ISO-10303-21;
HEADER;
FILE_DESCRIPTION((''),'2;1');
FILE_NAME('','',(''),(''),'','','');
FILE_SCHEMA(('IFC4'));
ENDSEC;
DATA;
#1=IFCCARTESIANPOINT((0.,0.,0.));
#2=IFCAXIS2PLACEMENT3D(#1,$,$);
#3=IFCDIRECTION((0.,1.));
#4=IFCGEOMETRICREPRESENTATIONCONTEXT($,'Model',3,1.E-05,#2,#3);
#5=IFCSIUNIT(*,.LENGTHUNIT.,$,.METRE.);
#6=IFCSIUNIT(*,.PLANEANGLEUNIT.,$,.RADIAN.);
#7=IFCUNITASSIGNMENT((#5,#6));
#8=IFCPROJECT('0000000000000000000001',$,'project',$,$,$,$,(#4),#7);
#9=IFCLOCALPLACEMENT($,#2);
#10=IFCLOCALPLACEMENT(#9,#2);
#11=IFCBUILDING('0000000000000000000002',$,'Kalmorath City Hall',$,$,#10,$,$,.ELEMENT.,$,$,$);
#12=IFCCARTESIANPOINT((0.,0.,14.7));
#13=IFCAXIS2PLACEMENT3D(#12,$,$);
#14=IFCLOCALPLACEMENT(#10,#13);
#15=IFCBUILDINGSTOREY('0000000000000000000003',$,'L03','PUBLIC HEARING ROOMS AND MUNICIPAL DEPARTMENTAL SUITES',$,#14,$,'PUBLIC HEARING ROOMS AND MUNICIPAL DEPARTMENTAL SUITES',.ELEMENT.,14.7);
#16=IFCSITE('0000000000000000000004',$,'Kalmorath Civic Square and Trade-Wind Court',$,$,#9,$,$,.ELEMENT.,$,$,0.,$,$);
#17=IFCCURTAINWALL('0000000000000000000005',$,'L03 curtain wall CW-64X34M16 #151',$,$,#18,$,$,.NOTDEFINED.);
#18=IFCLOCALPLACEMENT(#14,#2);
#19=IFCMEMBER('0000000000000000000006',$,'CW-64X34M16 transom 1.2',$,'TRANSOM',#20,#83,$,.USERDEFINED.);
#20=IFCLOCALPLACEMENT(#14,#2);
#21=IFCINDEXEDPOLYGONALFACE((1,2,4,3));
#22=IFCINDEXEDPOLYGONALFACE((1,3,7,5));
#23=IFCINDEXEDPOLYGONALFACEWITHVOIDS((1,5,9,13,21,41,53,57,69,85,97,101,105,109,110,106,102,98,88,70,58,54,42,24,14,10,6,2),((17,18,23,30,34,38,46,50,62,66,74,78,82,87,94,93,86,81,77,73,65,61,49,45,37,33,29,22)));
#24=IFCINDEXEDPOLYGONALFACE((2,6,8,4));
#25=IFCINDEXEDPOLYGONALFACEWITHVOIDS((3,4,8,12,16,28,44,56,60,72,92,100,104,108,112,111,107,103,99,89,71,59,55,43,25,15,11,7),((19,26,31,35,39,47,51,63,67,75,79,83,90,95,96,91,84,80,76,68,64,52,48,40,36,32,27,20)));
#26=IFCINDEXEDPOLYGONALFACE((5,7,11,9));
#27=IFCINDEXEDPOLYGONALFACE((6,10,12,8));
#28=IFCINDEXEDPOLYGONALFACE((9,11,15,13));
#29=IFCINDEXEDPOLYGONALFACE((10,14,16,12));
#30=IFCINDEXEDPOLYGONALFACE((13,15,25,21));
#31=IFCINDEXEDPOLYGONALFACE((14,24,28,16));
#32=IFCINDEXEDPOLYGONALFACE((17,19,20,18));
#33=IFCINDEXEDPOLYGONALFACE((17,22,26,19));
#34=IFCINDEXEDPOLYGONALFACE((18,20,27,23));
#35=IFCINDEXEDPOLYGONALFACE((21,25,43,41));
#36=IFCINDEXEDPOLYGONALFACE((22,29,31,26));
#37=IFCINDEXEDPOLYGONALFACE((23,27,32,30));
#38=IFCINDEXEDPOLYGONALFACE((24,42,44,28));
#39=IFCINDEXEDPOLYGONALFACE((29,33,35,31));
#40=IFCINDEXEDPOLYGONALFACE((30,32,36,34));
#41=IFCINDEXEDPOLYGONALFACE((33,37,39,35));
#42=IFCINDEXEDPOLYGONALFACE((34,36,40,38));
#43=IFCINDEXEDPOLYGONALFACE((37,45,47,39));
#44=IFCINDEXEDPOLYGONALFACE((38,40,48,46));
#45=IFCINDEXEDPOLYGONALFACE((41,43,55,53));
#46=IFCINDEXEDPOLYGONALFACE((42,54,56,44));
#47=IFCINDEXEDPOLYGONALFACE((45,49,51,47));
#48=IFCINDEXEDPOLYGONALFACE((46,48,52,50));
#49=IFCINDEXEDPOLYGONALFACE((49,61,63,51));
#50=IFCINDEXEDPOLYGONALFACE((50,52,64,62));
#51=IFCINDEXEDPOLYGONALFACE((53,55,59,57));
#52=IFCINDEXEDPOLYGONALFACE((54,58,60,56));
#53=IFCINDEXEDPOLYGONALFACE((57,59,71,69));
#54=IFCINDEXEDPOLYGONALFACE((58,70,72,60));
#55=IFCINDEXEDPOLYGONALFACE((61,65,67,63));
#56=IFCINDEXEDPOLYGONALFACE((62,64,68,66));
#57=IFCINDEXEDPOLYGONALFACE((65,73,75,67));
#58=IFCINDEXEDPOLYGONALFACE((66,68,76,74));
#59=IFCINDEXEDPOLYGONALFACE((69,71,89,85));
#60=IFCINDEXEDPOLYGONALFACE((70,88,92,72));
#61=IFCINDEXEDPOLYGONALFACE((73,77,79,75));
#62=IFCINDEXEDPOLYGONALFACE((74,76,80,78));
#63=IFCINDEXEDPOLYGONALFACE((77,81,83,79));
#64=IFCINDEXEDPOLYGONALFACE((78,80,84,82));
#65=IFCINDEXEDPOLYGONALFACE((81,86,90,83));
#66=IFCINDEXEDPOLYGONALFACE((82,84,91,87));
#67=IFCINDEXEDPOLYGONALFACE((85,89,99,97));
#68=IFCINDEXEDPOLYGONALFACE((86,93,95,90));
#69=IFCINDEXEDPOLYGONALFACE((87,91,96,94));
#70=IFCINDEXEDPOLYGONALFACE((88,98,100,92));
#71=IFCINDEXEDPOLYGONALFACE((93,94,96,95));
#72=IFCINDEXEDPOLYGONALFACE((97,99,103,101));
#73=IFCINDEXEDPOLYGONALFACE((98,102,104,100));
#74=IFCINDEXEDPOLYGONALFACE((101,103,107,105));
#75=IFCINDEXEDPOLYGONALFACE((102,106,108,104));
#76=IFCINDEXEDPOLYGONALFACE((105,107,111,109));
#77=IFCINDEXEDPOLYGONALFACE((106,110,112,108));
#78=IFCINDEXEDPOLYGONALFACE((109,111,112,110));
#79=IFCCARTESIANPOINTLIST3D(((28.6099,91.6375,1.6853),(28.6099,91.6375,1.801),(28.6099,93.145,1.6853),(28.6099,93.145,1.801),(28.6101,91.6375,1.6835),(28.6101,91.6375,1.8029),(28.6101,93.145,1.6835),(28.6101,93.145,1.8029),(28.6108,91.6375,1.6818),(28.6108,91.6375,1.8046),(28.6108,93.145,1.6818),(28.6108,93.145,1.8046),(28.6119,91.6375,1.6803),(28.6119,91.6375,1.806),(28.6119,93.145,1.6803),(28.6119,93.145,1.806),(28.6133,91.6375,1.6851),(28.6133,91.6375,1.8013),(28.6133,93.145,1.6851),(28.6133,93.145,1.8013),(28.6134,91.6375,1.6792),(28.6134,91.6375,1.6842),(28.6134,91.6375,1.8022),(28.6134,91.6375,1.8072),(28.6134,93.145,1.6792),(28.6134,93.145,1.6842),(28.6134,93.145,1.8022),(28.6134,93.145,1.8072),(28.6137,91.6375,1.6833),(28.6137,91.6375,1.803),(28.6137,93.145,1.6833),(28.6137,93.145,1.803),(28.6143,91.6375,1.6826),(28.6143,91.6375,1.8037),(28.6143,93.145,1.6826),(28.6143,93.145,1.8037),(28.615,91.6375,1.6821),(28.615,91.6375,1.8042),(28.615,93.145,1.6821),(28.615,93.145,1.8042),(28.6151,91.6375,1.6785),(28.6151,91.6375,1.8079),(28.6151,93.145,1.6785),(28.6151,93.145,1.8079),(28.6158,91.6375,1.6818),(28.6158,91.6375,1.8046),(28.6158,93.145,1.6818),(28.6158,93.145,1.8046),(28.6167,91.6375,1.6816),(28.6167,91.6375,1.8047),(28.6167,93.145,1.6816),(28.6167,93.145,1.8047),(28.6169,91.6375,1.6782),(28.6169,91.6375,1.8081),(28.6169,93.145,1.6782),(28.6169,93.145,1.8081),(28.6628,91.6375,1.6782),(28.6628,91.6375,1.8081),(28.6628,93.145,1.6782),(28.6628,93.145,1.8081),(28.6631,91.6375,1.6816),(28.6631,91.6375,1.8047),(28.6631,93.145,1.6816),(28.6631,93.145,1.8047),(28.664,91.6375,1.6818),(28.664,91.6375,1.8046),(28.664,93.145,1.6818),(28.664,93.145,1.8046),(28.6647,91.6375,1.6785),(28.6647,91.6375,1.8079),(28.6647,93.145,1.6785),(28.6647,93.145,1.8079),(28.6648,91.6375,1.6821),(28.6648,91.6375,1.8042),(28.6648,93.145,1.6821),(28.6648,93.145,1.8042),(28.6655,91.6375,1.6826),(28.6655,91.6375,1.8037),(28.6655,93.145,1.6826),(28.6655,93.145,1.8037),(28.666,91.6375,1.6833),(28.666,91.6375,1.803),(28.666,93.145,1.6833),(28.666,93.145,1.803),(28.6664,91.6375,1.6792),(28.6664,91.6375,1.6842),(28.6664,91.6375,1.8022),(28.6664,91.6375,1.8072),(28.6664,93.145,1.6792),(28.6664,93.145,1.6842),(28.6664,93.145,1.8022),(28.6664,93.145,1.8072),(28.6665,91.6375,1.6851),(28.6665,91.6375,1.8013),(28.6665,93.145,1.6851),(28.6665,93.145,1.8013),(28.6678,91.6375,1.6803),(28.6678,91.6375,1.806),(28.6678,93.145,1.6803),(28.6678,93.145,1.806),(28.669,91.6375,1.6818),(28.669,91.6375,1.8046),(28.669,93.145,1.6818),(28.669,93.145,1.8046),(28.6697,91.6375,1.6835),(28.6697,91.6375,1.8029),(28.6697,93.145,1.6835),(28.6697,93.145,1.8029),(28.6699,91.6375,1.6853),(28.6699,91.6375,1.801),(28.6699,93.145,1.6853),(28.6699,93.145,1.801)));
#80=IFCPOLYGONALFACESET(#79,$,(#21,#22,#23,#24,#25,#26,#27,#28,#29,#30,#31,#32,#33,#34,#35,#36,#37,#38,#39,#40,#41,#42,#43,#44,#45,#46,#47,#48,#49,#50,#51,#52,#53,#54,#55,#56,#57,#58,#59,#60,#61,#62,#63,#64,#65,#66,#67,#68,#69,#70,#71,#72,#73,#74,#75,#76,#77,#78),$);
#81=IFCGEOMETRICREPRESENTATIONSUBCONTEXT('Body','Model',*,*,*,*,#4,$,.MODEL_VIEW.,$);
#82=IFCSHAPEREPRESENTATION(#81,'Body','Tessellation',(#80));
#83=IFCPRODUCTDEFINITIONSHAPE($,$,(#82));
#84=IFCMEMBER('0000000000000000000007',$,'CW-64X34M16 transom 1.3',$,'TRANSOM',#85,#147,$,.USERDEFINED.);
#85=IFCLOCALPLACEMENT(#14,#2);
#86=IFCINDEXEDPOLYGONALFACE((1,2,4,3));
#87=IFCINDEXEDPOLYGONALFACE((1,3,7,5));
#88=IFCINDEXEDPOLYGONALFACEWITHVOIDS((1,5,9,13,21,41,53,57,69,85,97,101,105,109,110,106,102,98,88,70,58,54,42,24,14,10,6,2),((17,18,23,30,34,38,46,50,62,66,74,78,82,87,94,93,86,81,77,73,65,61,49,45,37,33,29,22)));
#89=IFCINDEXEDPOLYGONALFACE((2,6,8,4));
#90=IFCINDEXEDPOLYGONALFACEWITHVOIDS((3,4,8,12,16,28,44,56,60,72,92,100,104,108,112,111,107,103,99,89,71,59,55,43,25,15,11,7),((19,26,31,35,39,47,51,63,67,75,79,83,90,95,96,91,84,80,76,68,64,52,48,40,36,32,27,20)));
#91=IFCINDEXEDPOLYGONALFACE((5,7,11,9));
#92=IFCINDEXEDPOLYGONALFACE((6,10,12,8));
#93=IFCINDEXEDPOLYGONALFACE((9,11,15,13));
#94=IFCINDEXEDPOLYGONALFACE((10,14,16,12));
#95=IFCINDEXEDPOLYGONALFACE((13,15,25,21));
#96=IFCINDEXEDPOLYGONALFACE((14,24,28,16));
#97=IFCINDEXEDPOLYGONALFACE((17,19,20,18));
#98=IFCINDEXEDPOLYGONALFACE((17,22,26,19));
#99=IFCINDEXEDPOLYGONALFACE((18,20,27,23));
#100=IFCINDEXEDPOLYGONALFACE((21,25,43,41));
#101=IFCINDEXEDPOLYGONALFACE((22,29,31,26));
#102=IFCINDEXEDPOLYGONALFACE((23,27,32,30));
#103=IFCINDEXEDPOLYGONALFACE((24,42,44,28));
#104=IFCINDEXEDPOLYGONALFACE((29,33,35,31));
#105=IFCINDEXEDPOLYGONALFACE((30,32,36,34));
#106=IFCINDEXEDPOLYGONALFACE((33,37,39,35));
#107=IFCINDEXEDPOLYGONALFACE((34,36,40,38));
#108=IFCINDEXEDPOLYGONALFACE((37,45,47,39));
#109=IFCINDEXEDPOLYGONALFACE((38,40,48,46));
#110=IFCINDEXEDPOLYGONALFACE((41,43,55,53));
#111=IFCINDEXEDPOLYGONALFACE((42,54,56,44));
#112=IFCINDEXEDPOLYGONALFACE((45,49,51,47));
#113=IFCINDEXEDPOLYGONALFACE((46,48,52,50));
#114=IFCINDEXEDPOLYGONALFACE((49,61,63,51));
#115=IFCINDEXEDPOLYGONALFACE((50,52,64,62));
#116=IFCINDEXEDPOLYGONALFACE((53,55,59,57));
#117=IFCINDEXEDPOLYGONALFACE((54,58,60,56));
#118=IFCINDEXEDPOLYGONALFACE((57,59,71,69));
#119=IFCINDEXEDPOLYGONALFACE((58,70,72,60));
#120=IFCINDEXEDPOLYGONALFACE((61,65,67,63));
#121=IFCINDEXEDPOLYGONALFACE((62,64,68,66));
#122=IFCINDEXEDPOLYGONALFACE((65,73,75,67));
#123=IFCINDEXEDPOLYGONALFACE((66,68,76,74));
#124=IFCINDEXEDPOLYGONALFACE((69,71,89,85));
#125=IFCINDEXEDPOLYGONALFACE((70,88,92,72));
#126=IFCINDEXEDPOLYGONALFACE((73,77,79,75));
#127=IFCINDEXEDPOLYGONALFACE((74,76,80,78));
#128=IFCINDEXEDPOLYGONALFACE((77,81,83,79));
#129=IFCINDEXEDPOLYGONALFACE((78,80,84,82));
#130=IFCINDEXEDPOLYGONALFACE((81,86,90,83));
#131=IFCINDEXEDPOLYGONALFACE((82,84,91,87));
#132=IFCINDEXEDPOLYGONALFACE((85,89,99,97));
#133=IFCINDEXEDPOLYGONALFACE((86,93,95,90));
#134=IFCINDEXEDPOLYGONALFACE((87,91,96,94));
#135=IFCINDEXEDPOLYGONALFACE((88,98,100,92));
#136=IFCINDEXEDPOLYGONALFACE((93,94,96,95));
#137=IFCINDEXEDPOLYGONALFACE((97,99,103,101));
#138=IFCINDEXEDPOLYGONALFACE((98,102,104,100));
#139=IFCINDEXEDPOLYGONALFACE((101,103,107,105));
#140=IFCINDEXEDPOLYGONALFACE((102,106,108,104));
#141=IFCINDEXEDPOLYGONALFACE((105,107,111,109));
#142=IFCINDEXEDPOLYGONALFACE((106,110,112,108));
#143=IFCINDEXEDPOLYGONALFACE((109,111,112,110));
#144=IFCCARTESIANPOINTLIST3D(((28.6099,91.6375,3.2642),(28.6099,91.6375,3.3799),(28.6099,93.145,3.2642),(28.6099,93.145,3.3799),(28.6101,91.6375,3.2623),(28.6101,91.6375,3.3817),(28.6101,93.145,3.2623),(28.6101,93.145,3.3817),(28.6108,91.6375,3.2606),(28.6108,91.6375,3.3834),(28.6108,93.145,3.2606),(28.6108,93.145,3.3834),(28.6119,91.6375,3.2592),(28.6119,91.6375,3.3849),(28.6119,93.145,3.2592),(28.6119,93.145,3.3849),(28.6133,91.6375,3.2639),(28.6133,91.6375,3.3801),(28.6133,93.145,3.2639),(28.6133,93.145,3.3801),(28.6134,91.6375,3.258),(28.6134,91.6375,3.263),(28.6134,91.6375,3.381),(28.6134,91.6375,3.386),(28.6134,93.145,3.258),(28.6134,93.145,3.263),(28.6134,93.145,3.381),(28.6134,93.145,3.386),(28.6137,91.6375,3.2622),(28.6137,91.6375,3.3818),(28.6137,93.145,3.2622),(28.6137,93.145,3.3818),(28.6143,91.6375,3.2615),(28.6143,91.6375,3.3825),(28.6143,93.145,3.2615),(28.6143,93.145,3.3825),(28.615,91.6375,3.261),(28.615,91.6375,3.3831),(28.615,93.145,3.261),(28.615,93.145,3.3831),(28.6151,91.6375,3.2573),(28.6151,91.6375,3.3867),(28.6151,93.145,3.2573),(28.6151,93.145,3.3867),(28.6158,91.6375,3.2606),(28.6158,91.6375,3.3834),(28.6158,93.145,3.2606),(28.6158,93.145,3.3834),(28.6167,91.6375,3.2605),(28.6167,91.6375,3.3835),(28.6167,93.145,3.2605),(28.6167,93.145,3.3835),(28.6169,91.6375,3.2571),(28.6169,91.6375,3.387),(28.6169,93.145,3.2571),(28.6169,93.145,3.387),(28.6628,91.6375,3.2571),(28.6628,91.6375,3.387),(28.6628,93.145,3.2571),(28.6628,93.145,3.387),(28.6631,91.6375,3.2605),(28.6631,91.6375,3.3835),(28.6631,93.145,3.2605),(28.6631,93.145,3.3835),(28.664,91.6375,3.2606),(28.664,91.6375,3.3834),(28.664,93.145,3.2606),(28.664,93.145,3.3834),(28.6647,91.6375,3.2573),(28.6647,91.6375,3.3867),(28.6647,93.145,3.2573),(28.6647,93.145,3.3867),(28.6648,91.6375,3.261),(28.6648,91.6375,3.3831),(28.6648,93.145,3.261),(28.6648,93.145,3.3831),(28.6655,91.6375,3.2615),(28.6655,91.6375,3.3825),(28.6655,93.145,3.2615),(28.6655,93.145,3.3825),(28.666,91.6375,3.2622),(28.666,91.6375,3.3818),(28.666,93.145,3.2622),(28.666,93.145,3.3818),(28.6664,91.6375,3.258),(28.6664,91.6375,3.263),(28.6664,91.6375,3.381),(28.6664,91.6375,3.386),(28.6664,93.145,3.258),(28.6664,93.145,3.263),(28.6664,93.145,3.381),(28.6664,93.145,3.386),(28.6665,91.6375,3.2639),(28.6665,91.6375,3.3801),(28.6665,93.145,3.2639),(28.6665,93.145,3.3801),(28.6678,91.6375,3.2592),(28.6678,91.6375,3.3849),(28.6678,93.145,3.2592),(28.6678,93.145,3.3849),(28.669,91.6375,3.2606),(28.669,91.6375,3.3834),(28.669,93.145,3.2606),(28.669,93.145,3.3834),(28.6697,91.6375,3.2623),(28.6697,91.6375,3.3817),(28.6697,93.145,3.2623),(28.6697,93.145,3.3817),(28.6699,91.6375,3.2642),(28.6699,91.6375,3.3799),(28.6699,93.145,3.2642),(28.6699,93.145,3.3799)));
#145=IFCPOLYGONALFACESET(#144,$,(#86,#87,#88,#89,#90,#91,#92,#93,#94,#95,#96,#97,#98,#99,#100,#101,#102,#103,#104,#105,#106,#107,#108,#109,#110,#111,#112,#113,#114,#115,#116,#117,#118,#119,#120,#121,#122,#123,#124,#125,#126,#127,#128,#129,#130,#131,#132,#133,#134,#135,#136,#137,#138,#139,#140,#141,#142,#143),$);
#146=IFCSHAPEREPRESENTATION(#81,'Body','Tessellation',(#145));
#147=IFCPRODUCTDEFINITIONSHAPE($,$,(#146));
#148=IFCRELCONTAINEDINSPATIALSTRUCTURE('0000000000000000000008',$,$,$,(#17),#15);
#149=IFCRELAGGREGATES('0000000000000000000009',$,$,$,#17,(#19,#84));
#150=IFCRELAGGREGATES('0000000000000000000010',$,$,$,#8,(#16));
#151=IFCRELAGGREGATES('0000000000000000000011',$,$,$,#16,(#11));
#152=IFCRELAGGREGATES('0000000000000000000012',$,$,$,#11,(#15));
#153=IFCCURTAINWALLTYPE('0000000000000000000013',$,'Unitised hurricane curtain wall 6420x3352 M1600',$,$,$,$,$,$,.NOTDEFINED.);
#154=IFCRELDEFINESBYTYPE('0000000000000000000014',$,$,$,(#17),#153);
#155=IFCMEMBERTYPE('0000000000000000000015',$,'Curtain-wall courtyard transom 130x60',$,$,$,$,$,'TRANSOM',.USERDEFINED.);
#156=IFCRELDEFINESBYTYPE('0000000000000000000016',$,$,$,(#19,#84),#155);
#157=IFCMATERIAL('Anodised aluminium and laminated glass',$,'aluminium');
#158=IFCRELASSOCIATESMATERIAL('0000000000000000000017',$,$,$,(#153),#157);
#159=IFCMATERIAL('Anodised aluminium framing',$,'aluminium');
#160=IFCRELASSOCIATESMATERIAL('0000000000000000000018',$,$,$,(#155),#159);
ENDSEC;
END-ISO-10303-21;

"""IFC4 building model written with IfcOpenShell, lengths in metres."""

from ifc_helpers import new_model, si_unit, direction, frame, origin, origin_2d, place, context, subcontext, project, spatial, hollow_rectangle, extrude, material, material_profile, profile_set, type_object, element, aggregate, save


model = new_model("IFC4")

# Units and contexts
model_context = context("Model", 3, precision=1e-05, world=origin(), true_north=direction((0.0, 1.0)))
body_context = subcontext(model_context, "Body", "Model", "MODEL_VIEW")
ifc_project = project(units=[si_unit("LENGTHUNIT", "METRE"), si_unit("PLANEANGLEUNIT", "RADIAN")], contexts=[model_context])

# Site, building, storey
site_placement = place(None, origin())
site = spatial("IfcSite", under=ifc_project, at=site_placement, Name="Kalmorath Civic Square and Trade-Wind Court", CompositionType="ELEMENT", RefElevation=0.0)
building_placement = place(site_placement, origin())
building = spatial("IfcBuilding", under=site, at=building_placement, Name="Kalmorath City Hall", CompositionType="ELEMENT")
storey_placement = place(building_placement, frame((0.0, 0.0, 14.7)))
storey = spatial("IfcBuildingStorey", under=building, at=storey_placement, Name="L03", Description="PUBLIC HEARING ROOMS AND MUNICIPAL DEPARTMENTAL SUITES", LongName="PUBLIC HEARING ROOMS AND MUNICIPAL DEPARTMENTAL SUITES", CompositionType="ELEMENT", Elevation=14.7)

# Curtain wall, members
ifc_material_1 = material(Name="Anodised aluminium and laminated glass", Category="aluminium")
curtain_wall_type = type_object("IfcCurtainWallType", Name="Unitised hurricane curtain wall 6420x3352 M1600", PredefinedType="NOTDEFINED", material=ifc_material_1)
curtain_wall_placement = place(storey_placement, origin())
curtain_wall = element("IfcCurtainWall", 1, at=curtain_wall_placement, inside=storey, type_object=curtain_wall_type, Name="L03 curtain wall CW-64X34M16 #151", PredefinedType="NOTDEFINED")
ifc_material_2 = material(Name="Anodised aluminium framing", Category="aluminium")
ifc_material_profile_1 = material_profile(ifc_material_2, hollow_rectangle(XDim=0.0601, YDim=0.1299, WallThickness=0.0034, InnerFilletRadius=0.0034, OuterFilletRadius=0.0071, at=origin_2d()), Name="ALU-TRN-130X60X3.5")
ifc_profile_set_1 = profile_set([ifc_material_profile_1], Name="Anodised aluminium framing")
member_type_1 = type_object("IfcMemberType", Name="Curtain-wall courtyard transom 130x60", ElementType="TRANSOM", PredefinedType="USERDEFINED", material=ifc_profile_set_1)
member_1_placement = place(storey_placement, frame((28.6399, 93.145, 1.7432), z_axis=(0.0, -1.0, 0.0), x_axis=(1.0, 0.0, 0.0)))
member_1 = element("IfcMember", 2, at=member_1_placement, type_object=member_type_1, Name="CW-64X34M16 transom 1.2", ObjectType="TRANSOM", PredefinedType="USERDEFINED", context=body_context, shape_type="SweptSolid", body=[
    extrude(hollow_rectangle(XDim=0.0601, YDim=0.1299, WallThickness=0.0034, InnerFilletRadius=0.0034, OuterFilletRadius=0.0071, at=origin_2d()), origin(), (0.0, 0.0, 1.0), 1.5076),
])
member_2_placement = place(storey_placement, frame((28.6399, 93.145, 3.322), z_axis=(0.0, -1.0, 0.0), x_axis=(1.0, 0.0, 0.0)))
member_2 = element("IfcMember", 3, at=member_2_placement, type_object=member_type_1, Name="CW-64X34M16 transom 1.3", ObjectType="TRANSOM", PredefinedType="USERDEFINED", context=body_context, shape_type="SweptSolid", body=[
    extrude(hollow_rectangle(XDim=0.0601, YDim=0.1299, WallThickness=0.0034, InnerFilletRadius=0.0034, OuterFilletRadius=0.0071, at=origin_2d()), origin(), (0.0, 0.0, 1.0), 1.5076),
])

aggregate(curtain_wall, [member_1, member_2])

save(model, "model.ifc")
